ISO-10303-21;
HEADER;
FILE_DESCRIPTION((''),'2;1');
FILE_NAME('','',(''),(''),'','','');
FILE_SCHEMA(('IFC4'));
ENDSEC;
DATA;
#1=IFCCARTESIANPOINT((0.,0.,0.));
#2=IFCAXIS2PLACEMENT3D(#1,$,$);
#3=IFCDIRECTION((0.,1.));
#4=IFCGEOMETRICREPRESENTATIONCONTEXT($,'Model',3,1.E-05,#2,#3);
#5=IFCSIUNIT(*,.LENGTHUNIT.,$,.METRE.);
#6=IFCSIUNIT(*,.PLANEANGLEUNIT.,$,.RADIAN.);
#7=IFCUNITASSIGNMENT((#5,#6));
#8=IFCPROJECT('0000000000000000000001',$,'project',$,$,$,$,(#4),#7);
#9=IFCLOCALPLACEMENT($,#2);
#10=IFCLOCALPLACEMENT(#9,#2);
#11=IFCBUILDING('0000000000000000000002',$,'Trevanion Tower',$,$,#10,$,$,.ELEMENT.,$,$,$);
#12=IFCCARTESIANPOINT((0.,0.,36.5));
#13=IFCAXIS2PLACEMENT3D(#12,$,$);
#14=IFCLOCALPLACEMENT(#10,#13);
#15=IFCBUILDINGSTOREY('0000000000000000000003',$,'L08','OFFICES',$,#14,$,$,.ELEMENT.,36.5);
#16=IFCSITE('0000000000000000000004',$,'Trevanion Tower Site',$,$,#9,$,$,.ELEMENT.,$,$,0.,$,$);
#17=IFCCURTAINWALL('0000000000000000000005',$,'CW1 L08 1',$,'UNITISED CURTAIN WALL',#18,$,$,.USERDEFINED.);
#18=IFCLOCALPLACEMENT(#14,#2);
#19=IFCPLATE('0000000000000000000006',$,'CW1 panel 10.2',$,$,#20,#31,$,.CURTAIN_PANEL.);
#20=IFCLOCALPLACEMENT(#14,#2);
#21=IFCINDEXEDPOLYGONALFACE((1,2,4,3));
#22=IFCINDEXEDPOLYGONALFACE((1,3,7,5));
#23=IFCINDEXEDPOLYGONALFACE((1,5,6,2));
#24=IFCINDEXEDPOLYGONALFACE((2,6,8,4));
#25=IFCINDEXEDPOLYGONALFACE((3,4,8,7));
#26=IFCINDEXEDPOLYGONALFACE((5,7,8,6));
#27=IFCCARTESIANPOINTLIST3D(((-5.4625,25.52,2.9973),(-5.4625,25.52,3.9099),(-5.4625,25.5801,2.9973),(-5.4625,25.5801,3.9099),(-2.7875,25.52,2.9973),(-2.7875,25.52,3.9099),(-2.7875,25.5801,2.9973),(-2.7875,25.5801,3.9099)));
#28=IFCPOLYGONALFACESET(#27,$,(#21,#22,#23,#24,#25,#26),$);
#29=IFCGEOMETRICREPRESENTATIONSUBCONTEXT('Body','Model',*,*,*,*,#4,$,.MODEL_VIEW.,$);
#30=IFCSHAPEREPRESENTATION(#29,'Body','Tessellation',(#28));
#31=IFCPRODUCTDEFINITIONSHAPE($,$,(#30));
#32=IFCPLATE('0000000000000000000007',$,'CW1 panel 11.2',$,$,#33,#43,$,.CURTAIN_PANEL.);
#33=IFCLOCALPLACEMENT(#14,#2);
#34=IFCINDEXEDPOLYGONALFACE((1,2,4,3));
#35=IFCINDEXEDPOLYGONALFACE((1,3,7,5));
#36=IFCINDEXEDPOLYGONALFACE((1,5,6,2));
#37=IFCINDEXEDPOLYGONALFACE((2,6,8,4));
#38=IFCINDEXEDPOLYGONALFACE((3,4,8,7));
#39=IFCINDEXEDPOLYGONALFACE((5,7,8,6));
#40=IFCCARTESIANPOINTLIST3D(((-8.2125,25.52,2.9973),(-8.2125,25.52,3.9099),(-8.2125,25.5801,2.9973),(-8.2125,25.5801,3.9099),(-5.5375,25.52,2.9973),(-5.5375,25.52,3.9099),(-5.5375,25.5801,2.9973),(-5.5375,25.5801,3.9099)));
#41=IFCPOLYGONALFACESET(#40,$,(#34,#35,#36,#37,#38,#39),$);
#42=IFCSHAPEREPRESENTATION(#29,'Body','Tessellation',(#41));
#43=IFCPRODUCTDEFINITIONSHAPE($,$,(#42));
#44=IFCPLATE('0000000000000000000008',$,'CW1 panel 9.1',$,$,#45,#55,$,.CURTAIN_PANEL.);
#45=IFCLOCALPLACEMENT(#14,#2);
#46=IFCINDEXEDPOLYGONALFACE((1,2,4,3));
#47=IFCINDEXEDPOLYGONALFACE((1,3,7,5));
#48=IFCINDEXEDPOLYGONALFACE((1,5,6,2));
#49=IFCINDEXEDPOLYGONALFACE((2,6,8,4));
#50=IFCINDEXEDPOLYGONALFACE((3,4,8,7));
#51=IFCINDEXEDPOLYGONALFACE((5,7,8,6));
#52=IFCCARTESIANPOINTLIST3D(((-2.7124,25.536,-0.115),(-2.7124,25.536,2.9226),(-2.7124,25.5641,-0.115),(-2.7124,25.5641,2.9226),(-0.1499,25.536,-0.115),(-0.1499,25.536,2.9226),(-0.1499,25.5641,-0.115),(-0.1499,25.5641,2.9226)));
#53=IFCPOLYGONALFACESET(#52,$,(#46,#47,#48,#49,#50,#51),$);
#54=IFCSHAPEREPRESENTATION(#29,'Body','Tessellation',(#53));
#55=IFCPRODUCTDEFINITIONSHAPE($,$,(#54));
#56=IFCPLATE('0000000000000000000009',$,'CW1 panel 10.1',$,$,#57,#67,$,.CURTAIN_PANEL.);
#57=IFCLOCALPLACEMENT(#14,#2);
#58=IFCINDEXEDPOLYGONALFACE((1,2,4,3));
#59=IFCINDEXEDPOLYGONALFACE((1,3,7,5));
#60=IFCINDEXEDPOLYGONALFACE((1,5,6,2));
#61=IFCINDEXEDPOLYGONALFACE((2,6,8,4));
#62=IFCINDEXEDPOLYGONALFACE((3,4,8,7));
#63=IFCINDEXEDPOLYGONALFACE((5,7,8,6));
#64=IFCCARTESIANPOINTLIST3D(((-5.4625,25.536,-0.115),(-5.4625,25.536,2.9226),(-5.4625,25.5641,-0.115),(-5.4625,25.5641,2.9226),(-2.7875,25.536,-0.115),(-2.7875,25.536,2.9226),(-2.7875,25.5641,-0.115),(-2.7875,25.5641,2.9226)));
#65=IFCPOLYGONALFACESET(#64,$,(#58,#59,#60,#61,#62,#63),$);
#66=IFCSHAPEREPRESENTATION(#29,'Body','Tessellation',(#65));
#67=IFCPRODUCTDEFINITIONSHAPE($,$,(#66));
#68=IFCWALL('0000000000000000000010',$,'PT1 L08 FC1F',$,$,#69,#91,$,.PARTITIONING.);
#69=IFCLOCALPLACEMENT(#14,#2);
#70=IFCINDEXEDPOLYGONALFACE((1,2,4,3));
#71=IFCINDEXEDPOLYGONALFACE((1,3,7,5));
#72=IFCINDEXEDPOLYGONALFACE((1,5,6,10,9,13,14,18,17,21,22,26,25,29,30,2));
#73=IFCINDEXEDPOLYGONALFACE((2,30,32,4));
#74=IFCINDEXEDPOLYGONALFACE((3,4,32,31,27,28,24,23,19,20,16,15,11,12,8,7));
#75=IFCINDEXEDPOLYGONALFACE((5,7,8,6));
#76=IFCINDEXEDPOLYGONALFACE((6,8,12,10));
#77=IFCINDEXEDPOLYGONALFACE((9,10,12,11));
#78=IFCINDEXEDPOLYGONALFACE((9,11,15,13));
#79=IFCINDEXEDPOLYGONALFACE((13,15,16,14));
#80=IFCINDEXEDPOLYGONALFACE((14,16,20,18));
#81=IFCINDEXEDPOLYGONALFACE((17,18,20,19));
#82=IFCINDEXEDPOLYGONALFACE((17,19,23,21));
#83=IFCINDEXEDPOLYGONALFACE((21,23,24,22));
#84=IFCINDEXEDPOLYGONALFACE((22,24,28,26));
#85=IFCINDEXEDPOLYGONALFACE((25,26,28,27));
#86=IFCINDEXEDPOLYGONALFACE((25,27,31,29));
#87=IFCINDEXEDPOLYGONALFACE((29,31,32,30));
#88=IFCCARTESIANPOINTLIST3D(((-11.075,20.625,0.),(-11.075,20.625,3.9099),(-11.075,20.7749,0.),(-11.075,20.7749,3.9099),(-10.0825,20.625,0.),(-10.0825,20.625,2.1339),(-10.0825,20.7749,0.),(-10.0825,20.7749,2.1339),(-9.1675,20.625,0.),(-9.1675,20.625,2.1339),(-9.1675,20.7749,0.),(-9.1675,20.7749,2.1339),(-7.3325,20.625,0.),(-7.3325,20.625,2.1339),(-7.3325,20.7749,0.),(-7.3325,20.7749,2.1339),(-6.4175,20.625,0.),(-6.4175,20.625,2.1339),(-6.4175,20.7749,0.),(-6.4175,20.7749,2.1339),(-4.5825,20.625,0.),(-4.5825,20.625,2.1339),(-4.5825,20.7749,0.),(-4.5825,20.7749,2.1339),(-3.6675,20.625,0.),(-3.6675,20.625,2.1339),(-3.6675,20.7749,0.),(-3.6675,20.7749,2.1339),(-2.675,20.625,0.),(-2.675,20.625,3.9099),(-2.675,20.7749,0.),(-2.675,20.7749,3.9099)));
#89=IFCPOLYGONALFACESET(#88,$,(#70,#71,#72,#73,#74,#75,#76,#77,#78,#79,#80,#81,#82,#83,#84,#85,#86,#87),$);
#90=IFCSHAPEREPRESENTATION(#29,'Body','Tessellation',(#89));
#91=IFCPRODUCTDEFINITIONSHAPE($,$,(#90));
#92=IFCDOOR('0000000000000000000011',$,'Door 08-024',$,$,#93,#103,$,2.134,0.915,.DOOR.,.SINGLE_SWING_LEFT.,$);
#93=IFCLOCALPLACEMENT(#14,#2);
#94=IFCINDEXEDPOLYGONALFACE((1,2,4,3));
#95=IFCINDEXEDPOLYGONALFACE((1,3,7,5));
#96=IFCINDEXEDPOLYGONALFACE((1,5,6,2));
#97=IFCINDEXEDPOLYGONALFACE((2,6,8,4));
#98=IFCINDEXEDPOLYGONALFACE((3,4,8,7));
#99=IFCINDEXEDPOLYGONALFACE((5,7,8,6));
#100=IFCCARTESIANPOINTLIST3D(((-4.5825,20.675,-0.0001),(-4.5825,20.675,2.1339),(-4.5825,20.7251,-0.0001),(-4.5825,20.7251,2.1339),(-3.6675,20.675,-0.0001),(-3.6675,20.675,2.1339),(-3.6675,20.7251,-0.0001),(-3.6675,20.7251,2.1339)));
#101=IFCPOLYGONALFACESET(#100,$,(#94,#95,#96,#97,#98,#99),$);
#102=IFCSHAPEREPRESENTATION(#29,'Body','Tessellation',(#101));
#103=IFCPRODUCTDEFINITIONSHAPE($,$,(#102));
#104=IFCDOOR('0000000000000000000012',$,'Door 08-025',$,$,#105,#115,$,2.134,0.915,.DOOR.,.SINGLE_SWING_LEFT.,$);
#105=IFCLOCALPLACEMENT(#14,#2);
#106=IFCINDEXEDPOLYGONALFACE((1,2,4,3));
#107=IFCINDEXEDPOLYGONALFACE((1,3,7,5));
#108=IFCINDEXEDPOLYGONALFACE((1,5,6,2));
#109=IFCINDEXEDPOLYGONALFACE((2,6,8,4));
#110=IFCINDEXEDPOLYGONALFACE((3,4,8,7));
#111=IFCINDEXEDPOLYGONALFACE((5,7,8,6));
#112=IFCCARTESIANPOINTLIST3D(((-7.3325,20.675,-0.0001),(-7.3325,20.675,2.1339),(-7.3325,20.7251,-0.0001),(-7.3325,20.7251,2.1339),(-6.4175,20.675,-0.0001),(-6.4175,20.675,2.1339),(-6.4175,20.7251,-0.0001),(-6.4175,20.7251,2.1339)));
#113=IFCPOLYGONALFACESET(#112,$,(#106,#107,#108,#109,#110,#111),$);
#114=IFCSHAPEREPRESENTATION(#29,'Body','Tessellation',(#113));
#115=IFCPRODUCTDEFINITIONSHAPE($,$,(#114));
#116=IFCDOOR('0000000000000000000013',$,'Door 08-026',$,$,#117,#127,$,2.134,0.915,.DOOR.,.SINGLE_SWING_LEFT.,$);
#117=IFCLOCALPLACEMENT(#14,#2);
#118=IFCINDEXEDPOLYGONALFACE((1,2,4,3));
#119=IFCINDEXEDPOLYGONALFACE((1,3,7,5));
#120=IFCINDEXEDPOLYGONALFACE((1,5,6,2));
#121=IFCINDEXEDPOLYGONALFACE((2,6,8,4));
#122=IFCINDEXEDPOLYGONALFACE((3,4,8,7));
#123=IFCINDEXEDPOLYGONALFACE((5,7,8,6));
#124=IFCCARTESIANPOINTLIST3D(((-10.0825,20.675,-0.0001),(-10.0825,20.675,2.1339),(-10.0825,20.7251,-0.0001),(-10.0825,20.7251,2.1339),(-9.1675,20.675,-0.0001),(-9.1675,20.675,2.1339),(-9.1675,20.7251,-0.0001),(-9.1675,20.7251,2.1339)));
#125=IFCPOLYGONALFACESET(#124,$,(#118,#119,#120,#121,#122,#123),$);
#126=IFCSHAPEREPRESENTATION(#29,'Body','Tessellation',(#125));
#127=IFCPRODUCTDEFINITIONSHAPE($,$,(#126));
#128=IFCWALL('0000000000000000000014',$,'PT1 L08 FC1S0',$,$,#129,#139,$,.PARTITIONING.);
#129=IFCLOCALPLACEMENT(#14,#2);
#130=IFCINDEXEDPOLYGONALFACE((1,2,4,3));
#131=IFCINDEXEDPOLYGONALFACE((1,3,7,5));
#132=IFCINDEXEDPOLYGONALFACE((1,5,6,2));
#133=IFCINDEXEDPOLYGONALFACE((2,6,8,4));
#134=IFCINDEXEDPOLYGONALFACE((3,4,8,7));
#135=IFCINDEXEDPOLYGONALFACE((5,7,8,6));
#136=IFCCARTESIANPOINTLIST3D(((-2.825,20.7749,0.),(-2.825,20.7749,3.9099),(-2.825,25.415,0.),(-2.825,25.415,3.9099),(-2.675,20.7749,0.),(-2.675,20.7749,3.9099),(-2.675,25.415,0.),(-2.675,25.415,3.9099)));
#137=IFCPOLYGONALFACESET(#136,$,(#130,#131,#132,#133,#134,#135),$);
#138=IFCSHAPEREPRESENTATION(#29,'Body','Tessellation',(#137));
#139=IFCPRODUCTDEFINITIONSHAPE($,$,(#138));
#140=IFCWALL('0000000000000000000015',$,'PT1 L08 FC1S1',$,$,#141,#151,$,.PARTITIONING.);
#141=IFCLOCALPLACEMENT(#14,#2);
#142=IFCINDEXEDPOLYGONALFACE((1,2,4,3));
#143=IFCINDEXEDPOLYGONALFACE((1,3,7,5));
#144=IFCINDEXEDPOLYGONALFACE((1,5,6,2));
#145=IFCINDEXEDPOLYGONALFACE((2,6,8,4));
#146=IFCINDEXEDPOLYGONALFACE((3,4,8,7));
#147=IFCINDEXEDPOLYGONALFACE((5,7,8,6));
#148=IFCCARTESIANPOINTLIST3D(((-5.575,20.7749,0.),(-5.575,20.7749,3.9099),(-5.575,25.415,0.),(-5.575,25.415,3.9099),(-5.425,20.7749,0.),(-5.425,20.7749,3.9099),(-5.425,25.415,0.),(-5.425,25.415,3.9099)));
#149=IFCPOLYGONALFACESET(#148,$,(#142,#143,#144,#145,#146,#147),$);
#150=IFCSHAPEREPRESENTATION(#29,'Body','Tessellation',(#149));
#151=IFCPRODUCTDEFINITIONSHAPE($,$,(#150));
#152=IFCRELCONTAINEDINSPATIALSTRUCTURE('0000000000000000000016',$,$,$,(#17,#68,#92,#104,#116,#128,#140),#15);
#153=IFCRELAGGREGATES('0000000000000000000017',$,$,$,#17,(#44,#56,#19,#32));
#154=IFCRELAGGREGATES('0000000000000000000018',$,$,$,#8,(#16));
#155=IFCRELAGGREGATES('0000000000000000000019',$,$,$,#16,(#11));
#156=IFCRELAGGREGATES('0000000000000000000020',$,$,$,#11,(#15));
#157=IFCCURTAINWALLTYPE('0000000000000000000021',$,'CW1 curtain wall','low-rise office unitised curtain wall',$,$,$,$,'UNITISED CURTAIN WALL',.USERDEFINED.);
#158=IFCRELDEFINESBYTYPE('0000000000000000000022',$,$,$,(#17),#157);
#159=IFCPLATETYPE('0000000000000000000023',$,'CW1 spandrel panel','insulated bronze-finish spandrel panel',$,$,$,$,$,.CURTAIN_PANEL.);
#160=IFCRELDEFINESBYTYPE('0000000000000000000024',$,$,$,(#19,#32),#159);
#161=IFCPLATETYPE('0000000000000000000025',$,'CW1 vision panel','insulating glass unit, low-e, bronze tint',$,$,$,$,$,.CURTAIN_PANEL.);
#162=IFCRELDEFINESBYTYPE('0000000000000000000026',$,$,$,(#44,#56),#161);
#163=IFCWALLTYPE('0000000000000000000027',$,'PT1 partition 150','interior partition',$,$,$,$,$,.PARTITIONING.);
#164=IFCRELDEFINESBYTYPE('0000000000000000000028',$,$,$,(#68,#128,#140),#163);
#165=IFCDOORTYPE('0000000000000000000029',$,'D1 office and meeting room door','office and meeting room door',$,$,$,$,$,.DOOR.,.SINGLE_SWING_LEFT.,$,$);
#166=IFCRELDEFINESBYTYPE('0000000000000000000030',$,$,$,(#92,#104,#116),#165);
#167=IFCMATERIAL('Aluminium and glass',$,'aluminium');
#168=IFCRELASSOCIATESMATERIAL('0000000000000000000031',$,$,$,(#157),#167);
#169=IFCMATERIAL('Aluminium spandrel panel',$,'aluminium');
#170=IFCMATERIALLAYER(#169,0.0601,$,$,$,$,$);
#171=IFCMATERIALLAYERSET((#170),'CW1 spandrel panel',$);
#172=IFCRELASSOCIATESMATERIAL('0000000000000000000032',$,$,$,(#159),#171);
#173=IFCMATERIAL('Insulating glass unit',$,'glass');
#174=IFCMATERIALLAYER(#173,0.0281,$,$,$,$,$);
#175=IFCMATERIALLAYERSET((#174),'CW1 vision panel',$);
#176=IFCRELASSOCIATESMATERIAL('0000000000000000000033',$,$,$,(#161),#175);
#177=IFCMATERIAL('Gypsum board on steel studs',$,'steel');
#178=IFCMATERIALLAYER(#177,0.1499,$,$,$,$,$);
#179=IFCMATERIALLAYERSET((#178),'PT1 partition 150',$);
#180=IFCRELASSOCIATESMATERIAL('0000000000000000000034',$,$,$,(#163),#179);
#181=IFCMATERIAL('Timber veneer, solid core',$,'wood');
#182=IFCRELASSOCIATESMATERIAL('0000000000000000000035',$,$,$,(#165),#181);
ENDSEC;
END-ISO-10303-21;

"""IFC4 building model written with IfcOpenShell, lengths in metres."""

from ifc_helpers import new_model, si_unit, direction, frame, frame_2d, origin, origin_2d, place, context, subcontext, project, spatial, rectangle, extrude, material, layer, layer_set, type_object, element, fill, aggregate, save


model = new_model("IFC4")

# Units and contexts
model_context = context("Model", 3, precision=1e-05, world=origin(), true_north=direction((0.0, 1.0)))
body_context = subcontext(model_context, "Body", "Model", "MODEL_VIEW")
ifc_project = project(units=[si_unit("LENGTHUNIT", "METRE"), si_unit("PLANEANGLEUNIT", "RADIAN")], contexts=[model_context])

# Site, building, storey
site_placement = place(None, origin())
site = spatial("IfcSite", under=ifc_project, at=site_placement, Name="Trevanion Tower Site", CompositionType="ELEMENT", RefElevation=0.0)
building_placement = place(site_placement, origin())
building = spatial("IfcBuilding", under=site, at=building_placement, Name="Trevanion Tower", CompositionType="ELEMENT")
storey_placement = place(building_placement, frame((0.0, 0.0, 36.5)))
storey = spatial("IfcBuildingStorey", under=building, at=storey_placement, Name="L08", Description="OFFICES", CompositionType="ELEMENT", Elevation=36.5)

# Curtain wall
ifc_material_1 = material(Name="Aluminium and glass", Category="aluminium")
curtain_wall_type = type_object("IfcCurtainWallType", Name="CW1 curtain wall", Description="low-rise office unitised curtain wall", ElementType="UNITISED CURTAIN WALL", PredefinedType="USERDEFINED", material=ifc_material_1)
curtain_wall_placement = place(storey_placement, origin())
curtain_wall = element("IfcCurtainWall", 1, at=curtain_wall_placement, inside=storey, type_object=curtain_wall_type, Name="CW1 L08 1", ObjectType="UNITISED CURTAIN WALL", PredefinedType="USERDEFINED")

# Plates
ifc_material_2 = material(Name="Aluminium spandrel panel", Category="aluminium")
ifc_layer_1 = layer(ifc_material_2, 0.0601)
ifc_layer_set_1 = layer_set([ifc_layer_1], Name="CW1 spandrel panel")
plate_type_1 = type_object("IfcPlateType", Name="CW1 spandrel panel", Description="insulated bronze-finish spandrel panel", PredefinedType="CURTAIN_PANEL", material=ifc_layer_set_1)
plate_1_placement = place(storey_placement, frame((-4.125, 25.55, 2.9973), z_axis=(0.0, 0.0, 1.0), x_axis=(-1.0, 0.0, 0.0)))
plate_1 = element("IfcPlate", 2, at=plate_1_placement, type_object=plate_type_1, Name="CW1 panel 10.2", PredefinedType="CURTAIN_PANEL", context=body_context, shape_type="SweptSolid", body=[
    extrude(rectangle(XDim=2.675, YDim=0.0601, at=origin_2d()), origin(), (0.0, 0.0, 1.0), 0.9126),
])
plate_2_placement = place(storey_placement, frame((-6.875, 25.55, 2.9973), z_axis=(0.0, 0.0, 1.0), x_axis=(-1.0, 0.0, 0.0)))
plate_2 = element("IfcPlate", 3, at=plate_2_placement, type_object=plate_type_1, Name="CW1 panel 11.2", PredefinedType="CURTAIN_PANEL", context=body_context, shape_type="SweptSolid", body=[
    extrude(rectangle(XDim=2.675, YDim=0.0601, at=origin_2d()), origin(), (0.0, 0.0, 1.0), 0.9126),
])
ifc_material_3 = material(Name="Insulating glass unit", Category="glass")
ifc_layer_2 = layer(ifc_material_3, 0.0281)
ifc_layer_set_2 = layer_set([ifc_layer_2], Name="CW1 vision panel")
plate_type_2 = type_object("IfcPlateType", Name="CW1 vision panel", Description="insulating glass unit, low-e, bronze tint", PredefinedType="CURTAIN_PANEL", material=ifc_layer_set_2)
plate_3_placement = place(storey_placement, frame((-1.4312, 25.55, -0.115), z_axis=(0.0, 0.0, 1.0), x_axis=(-1.0, 0.0, 0.0)))
plate_3 = element("IfcPlate", 4, at=plate_3_placement, type_object=plate_type_2, Name="CW1 panel 9.1", PredefinedType="CURTAIN_PANEL", context=body_context, shape_type="SweptSolid", body=[
    extrude(rectangle(XDim=2.5625, YDim=0.0281, at=origin_2d()), origin(), (0.0, 0.0, 1.0), 3.0376),
])
plate_4_placement = place(storey_placement, frame((-4.125, 25.55, -0.115), z_axis=(0.0, 0.0, 1.0), x_axis=(-1.0, 0.0, 0.0)))
plate_4 = element("IfcPlate", 5, at=plate_4_placement, type_object=plate_type_2, Name="CW1 panel 10.1", PredefinedType="CURTAIN_PANEL", context=body_context, shape_type="SweptSolid", body=[
    extrude(rectangle(XDim=2.675, YDim=0.0281, at=origin_2d()), origin(), (0.0, 0.0, 1.0), 3.0376),
])
aggregate(curtain_wall, [plate_3, plate_4, plate_1, plate_2])

# Wall, openings, doors
ifc_material_4 = material(Name="Gypsum board on steel studs", Category="steel")
ifc_layer_3 = layer(ifc_material_4, 0.1499)
ifc_layer_set_3 = layer_set([ifc_layer_3], Name="PT1 partition 150")
wall_type = type_object("IfcWallType", Name="PT1 partition 150", Description="interior partition", PredefinedType="PARTITIONING", material=ifc_layer_set_3)
wall_placement = place(storey_placement, frame((-2.675, 20.7, 0.0), z_axis=(0.0, 0.0, 1.0), x_axis=(-1.0, 0.0, 0.0)))
wall = element("IfcWall", 6, at=wall_placement, inside=storey, type_object=wall_type, Name="PT1 L08 FC1F", PredefinedType="PARTITIONING", context=body_context, shape_type="SweptSolid", body=[
    extrude(rectangle(XDim=8.3999, YDim=0.1499, at=frame_2d((4.2, 0.0))), origin(), (0.0, 0.0, 1.0), 3.9099),
])
opening_1_placement = place(wall_placement, frame((0.9924, 0.0, 0.0)))
opening_1 = element("IfcOpeningElement", 7, at=opening_1_placement, cuts=wall, PredefinedType="OPENING", context=body_context, shape_type="SweptSolid", body=[
    extrude(rectangle(XDim=0.915, YDim=2.134, at=frame_2d((0.4575, 1.0669))), frame((0.0, 0.085, 0.0), z_axis=(0.0, -1.0, 0.0), x_axis=(1.0, 0.0, 0.0)), (0.0, 0.0, 1.0), 0.1699),
])
opening_2_placement = place(wall_placement, frame((3.7424, 0.0, 0.0)))
opening_2 = element("IfcOpeningElement", 8, at=opening_2_placement, cuts=wall, PredefinedType="OPENING", context=body_context, shape_type="SweptSolid", body=[
    extrude(rectangle(XDim=0.915, YDim=2.134, at=frame_2d((0.4575, 1.0669))), frame((0.0, 0.085, 0.0), z_axis=(0.0, -1.0, 0.0), x_axis=(1.0, 0.0, 0.0)), (0.0, 0.0, 1.0), 0.1699),
])
opening_3_placement = place(wall_placement, frame((6.4924, 0.0, 0.0)))
opening_3 = element("IfcOpeningElement", 9, at=opening_3_placement, cuts=wall, PredefinedType="OPENING", context=body_context, shape_type="SweptSolid", body=[
    extrude(rectangle(XDim=0.915, YDim=2.134, at=frame_2d((0.4575, 1.0669))), frame((0.0, 0.085, 0.0), z_axis=(0.0, -1.0, 0.0), x_axis=(1.0, 0.0, 0.0)), (0.0, 0.0, 1.0), 0.1699),
])
ifc_material_5 = material(Name="Timber veneer, solid core", Category="wood")
door_type = type_object("IfcDoorType", Name="D1 office and meeting room door", Description="office and meeting room door", OperationType="SINGLE_SWING_LEFT", PredefinedType="DOOR", material=ifc_material_5)
door_1_placement = place(opening_1_placement, origin())
door_1 = element("IfcDoor", 10, at=door_1_placement, inside=storey, type_object=door_type, Name="Door 08-024", OperationType="SINGLE_SWING_LEFT", OverallHeight=2.134, OverallWidth=0.915, PredefinedType="DOOR", context=body_context, shape_type="SweptSolid", body=[
    extrude(rectangle(XDim=0.915, YDim=2.134, at=frame_2d((0.4575, 1.0669))), frame((0.0, 0.0249, 0.0), z_axis=(0.0, -1.0, 0.0), x_axis=(1.0, 0.0, 0.0)), (0.0, 0.0, 1.0), 0.05),
])
fill(opening_1, door_1)
door_2_placement = place(opening_2_placement, origin())
door_2 = element("IfcDoor", 11, at=door_2_placement, inside=storey, type_object=door_type, Name="Door 08-025", OperationType="SINGLE_SWING_LEFT", OverallHeight=2.134, OverallWidth=0.915, PredefinedType="DOOR", context=body_context, shape_type="SweptSolid", body=[
    extrude(rectangle(XDim=0.915, YDim=2.134, at=frame_2d((0.4575, 1.0669))), frame((0.0, 0.0249, 0.0), z_axis=(0.0, -1.0, 0.0), x_axis=(1.0, 0.0, 0.0)), (0.0, 0.0, 1.0), 0.05),
])
fill(opening_2, door_2)
door_3_placement = place(opening_3_placement, origin())
door_3 = element("IfcDoor", 12, at=door_3_placement, inside=storey, type_object=door_type, Name="Door 08-026", OperationType="SINGLE_SWING_LEFT", OverallHeight=2.134, OverallWidth=0.915, PredefinedType="DOOR", context=body_context, shape_type="SweptSolid", body=[
    extrude(rectangle(XDim=0.915, YDim=2.134, at=frame_2d((0.4575, 1.0669))), frame((0.0, 0.0249, 0.0), z_axis=(0.0, -1.0, 0.0), x_axis=(1.0, 0.0, 0.0)), (0.0, 0.0, 1.0), 0.05),
])
fill(opening_3, door_3)

# Walls
for number, where, z_axis, x_axis, name in (
    (13, (-2.75, 20.7749, 0.0), (0.0, 0.0, 1.0), (0.0, 1.0, 0.0), "PT1 L08 FC1S0"),
    (14, (-5.5, 20.7749, 0.0), (0.0, 0.0, 1.0), (0.0, 1.0, 0.0), "PT1 L08 FC1S1"),
):
    element("IfcWall", number, at=place(storey_placement, frame(where, z_axis=z_axis, x_axis=x_axis)), inside=storey, type_object=wall_type, Name=name, PredefinedType="PARTITIONING", context=body_context, shape_type="SweptSolid", body=[
        extrude(rectangle(XDim=4.6401, YDim=0.1499, at=frame_2d((2.3201, 0.0))), origin(), (0.0, 0.0, 1.0), 3.9099),
    ])

save(model, "model.ifc")
